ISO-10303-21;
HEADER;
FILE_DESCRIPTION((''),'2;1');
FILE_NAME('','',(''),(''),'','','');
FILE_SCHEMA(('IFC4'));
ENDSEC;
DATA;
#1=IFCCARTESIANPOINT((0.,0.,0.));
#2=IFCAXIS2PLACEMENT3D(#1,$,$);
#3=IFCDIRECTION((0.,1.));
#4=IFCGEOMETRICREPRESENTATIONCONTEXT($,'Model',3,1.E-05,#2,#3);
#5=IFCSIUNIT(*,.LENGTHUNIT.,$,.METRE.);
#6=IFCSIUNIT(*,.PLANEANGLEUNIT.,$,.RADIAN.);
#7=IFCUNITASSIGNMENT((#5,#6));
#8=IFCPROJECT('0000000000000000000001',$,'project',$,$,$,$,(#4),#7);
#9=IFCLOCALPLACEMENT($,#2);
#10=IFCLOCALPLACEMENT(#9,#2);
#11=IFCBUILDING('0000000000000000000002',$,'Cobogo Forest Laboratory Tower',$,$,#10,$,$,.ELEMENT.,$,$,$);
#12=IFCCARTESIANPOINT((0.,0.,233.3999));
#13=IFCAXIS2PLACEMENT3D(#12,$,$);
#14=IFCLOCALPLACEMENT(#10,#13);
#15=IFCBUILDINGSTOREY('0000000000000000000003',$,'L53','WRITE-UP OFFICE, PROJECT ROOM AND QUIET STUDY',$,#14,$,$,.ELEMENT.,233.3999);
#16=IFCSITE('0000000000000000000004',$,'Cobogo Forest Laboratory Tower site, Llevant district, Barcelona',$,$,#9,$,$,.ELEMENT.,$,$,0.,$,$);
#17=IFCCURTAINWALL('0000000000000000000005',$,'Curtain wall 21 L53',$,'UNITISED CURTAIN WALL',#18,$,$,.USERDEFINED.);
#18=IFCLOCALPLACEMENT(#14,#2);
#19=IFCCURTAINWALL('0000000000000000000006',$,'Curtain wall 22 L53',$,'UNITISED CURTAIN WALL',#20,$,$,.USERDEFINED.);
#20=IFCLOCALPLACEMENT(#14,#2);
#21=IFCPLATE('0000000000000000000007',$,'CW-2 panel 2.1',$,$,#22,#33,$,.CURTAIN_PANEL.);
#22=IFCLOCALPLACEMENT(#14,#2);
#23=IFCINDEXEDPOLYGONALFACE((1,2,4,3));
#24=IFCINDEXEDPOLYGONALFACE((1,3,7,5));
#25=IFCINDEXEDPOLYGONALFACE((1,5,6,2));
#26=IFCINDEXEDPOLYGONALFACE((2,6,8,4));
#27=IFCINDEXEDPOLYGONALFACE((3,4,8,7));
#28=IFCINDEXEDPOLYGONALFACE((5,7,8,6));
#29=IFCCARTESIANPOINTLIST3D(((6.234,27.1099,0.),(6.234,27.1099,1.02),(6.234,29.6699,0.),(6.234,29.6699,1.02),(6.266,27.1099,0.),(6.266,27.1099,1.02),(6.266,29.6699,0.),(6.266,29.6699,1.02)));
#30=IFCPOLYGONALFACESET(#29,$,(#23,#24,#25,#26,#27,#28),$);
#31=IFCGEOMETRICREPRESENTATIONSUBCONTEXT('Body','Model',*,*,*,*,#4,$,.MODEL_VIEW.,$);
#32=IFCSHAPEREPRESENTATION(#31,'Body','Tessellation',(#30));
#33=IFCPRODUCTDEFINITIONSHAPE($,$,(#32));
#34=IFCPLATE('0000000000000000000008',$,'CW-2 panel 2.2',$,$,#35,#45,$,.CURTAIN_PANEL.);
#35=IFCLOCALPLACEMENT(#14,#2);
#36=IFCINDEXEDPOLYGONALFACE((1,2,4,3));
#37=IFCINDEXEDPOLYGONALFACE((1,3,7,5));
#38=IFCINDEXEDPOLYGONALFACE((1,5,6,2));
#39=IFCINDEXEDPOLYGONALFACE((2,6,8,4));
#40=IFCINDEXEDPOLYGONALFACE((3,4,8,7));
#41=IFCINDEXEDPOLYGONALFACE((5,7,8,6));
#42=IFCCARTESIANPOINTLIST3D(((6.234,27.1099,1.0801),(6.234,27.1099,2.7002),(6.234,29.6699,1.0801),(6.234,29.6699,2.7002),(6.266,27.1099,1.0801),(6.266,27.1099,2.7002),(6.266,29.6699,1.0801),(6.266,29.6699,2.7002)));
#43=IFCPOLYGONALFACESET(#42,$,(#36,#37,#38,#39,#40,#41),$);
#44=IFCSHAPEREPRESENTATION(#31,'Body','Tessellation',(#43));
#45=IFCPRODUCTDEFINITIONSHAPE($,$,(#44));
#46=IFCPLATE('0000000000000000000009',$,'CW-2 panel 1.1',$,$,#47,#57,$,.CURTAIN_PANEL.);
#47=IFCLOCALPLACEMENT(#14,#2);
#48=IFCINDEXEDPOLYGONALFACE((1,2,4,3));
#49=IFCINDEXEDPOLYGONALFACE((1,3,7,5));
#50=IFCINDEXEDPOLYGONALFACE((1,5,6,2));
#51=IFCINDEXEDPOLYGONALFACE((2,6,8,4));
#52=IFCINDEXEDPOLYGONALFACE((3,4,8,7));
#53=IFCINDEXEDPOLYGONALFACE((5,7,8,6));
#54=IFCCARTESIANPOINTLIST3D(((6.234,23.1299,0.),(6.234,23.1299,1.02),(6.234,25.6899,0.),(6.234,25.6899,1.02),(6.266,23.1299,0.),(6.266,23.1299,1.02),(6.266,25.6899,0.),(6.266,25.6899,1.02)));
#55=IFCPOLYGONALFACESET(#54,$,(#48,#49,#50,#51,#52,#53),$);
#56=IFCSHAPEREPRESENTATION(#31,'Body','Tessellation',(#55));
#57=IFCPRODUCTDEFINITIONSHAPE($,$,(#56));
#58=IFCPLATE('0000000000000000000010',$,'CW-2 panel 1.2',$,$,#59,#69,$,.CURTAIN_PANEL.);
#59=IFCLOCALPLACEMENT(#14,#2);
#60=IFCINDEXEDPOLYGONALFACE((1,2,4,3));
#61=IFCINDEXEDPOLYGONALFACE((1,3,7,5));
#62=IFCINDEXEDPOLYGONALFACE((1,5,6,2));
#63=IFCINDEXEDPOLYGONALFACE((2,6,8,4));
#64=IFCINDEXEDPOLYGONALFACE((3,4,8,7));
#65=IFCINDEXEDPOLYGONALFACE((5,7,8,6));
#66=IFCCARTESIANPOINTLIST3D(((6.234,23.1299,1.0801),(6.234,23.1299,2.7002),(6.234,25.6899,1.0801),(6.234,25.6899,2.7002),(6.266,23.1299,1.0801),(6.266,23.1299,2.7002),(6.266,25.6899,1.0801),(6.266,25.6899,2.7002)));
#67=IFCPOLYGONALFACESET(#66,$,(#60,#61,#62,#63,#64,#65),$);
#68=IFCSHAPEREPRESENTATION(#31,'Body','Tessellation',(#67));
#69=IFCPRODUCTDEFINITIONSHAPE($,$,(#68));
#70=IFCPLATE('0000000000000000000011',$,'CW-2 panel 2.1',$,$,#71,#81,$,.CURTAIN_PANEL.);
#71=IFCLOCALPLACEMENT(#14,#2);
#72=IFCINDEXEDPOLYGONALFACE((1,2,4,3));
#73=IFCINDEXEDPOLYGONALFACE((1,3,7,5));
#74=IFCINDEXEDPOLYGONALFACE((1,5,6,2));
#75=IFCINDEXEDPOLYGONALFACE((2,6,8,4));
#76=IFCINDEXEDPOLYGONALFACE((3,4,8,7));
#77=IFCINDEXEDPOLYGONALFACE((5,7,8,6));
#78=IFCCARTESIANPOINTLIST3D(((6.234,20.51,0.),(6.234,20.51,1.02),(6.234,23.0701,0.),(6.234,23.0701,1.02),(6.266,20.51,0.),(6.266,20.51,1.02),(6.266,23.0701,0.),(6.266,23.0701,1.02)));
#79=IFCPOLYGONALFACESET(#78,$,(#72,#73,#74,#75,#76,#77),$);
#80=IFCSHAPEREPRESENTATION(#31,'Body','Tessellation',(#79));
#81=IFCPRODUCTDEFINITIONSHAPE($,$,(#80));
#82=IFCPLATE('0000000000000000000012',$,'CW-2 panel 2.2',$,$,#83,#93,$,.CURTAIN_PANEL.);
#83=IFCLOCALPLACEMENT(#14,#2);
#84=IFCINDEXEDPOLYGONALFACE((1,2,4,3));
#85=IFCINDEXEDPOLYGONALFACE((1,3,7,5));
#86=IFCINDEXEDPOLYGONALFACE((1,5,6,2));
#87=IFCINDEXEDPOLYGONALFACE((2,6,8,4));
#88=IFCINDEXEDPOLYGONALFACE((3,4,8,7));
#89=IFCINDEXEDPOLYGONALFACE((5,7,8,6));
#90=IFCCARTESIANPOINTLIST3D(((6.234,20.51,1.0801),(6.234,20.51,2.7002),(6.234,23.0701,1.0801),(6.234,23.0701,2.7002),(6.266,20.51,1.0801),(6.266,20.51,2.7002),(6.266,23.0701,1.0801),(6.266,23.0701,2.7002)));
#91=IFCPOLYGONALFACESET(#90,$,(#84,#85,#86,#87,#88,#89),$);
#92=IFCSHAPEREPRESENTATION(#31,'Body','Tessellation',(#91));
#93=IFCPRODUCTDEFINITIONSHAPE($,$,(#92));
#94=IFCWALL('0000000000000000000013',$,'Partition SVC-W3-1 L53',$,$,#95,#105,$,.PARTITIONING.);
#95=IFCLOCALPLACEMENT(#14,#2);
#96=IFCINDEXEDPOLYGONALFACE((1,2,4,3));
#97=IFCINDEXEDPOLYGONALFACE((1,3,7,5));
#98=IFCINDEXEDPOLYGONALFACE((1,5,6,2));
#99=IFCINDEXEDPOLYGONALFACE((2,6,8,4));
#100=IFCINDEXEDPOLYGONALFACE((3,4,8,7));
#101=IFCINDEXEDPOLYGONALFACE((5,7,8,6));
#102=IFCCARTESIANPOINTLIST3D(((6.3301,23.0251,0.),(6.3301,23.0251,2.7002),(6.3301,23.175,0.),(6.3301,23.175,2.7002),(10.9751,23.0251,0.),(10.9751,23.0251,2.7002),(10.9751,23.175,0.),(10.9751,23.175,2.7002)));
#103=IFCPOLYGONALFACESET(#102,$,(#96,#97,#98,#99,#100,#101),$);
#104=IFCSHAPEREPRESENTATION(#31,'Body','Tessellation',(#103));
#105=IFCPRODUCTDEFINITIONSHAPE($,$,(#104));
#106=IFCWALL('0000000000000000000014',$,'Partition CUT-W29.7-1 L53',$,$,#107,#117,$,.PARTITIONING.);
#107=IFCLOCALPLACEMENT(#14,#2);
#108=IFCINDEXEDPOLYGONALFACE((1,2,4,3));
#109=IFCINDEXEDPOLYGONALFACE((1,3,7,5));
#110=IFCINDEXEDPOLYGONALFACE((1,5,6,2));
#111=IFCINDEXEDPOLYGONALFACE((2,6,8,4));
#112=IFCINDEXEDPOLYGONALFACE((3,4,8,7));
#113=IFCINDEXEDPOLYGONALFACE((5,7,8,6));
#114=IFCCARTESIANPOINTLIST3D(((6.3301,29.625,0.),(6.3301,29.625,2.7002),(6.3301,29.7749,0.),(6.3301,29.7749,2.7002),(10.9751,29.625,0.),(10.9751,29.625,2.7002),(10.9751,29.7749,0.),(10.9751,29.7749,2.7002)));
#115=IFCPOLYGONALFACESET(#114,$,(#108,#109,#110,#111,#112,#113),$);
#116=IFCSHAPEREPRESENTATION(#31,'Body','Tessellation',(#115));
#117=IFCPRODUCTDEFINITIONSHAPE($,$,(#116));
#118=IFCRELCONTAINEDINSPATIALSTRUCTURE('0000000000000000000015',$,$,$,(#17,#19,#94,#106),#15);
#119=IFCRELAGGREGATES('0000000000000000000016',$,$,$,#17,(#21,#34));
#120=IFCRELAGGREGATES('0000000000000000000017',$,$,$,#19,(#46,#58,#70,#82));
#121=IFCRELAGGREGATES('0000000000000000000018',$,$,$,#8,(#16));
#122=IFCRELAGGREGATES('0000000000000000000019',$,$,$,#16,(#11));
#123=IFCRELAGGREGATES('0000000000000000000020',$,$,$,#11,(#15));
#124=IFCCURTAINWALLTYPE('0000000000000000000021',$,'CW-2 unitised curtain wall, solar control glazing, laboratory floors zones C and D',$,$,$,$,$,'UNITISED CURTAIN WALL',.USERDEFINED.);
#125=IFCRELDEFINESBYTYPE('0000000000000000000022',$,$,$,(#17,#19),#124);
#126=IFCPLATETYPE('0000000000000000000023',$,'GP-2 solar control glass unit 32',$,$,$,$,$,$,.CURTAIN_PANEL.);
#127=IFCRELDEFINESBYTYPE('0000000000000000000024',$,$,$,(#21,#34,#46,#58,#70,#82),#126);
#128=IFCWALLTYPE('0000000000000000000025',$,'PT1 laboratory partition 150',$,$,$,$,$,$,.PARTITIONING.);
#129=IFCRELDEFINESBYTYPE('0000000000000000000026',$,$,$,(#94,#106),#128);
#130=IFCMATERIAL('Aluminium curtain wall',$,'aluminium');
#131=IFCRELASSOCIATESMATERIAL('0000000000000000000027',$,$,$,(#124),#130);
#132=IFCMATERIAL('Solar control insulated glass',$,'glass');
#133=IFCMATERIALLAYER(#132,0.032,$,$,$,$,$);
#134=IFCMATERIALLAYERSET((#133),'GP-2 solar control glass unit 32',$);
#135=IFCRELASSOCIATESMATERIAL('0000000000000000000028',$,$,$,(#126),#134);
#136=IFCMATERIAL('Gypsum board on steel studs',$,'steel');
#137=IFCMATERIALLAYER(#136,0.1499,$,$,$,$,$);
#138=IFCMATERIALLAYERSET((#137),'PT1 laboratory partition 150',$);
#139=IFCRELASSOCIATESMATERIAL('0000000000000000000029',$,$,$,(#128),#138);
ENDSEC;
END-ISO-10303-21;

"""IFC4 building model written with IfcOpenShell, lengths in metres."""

from ifc_helpers import new_model, si_unit, direction, frame, frame_2d, origin, origin_2d, place, context, subcontext, project, spatial, rectangle, extrude, material, layer, layer_set, type_object, element, aggregate, save


model = new_model("IFC4")

# Units and contexts
model_context = context("Model", 3, precision=1e-05, world=origin(), true_north=direction((0.0, 1.0)))
body_context = subcontext(model_context, "Body", "Model", "MODEL_VIEW")
ifc_project = project(units=[si_unit("LENGTHUNIT", "METRE"), si_unit("PLANEANGLEUNIT", "RADIAN")], contexts=[model_context])

# Site, building, storey
site_placement = place(None, origin())
site = spatial("IfcSite", under=ifc_project, at=site_placement, Name="Cobogo Forest Laboratory Tower site, Llevant district, Barcelona", CompositionType="ELEMENT", RefElevation=0.0)
building_placement = place(site_placement, origin())
building = spatial("IfcBuilding", under=site, at=building_placement, Name="Cobogo Forest Laboratory Tower", CompositionType="ELEMENT")
storey_placement = place(building_placement, frame((0.0, 0.0, 233.3999)))
storey = spatial("IfcBuildingStorey", under=building, at=storey_placement, Name="L53", Description="WRITE-UP OFFICE, PROJECT ROOM AND QUIET STUDY", CompositionType="ELEMENT", Elevation=233.3999)

# Curtain walls
ifc_material_1 = material(Name="Aluminium curtain wall", Category="aluminium")
curtain_wall_type = type_object("IfcCurtainWallType", Name="CW-2 unitised curtain wall, solar control glazing, laboratory floors zones C and D", ElementType="UNITISED CURTAIN WALL", PredefinedType="USERDEFINED", material=ifc_material_1)
curtain_wall_1_placement = place(storey_placement, origin())
curtain_wall_1 = element("IfcCurtainWall", 1, at=curtain_wall_1_placement, inside=storey, type_object=curtain_wall_type, Name="Curtain wall 21 L53", ObjectType="UNITISED CURTAIN WALL", PredefinedType="USERDEFINED")
curtain_wall_2_placement = place(storey_placement, origin())
curtain_wall_2 = element("IfcCurtainWall", 2, at=curtain_wall_2_placement, inside=storey, type_object=curtain_wall_type, Name="Curtain wall 22 L53", ObjectType="UNITISED CURTAIN WALL", PredefinedType="USERDEFINED")

# Plates
ifc_material_2 = material(Name="Solar control insulated glass", Category="glass")
ifc_layer_1 = layer(ifc_material_2, 0.032)
ifc_layer_set_1 = layer_set([ifc_layer_1], Name="GP-2 solar control glass unit 32")
plate_type_1 = type_object("IfcPlateType", Name="GP-2 solar control glass unit 32", PredefinedType="CURTAIN_PANEL", material=ifc_layer_set_1)
plate_1_placement = place(storey_placement, frame((6.25, 28.3899, 0.0), z_axis=(0.0, 0.0, 1.0), x_axis=(0.0, -1.0, 0.0)))
plate_1 = element("IfcPlate", 3, at=plate_1_placement, type_object=plate_type_1, Name="CW-2 panel 2.1", PredefinedType="CURTAIN_PANEL", context=body_context, shape_type="SweptSolid", body=[
    extrude(rectangle(XDim=2.5601, YDim=0.032, at=origin_2d()), origin(), (0.0, 0.0, 1.0), 1.02),
])
plate_2_placement = place(storey_placement, frame((6.25, 28.3899, 1.0801), z_axis=(0.0, 0.0, 1.0), x_axis=(0.0, -1.0, 0.0)))
plate_2 = element("IfcPlate", 4, at=plate_2_placement, type_object=plate_type_1, Name="CW-2 panel 2.2", PredefinedType="CURTAIN_PANEL", context=body_context, shape_type="SweptSolid", body=[
    extrude(rectangle(XDim=2.5601, YDim=0.032, at=origin_2d()), origin(), (0.0, 0.0, 1.0), 1.6201),
])
aggregate(curtain_wall_1, [plate_1, plate_2])
plate_3_placement = place(storey_placement, frame((6.25, 24.4099, 0.0), z_axis=(0.0, 0.0, 1.0), x_axis=(0.0, -1.0, 0.0)))
plate_3 = element("IfcPlate", 5, at=plate_3_placement, type_object=plate_type_1, Name="CW-2 panel 1.1", PredefinedType="CURTAIN_PANEL", context=body_context, shape_type="SweptSolid", body=[
    extrude(rectangle(XDim=2.5601, YDim=0.032, at=origin_2d()), origin(), (0.0, 0.0, 1.0), 1.02),
])
plate_4_placement = place(storey_placement, frame((6.25, 24.4099, 1.0801), z_axis=(0.0, 0.0, 1.0), x_axis=(0.0, -1.0, 0.0)))
plate_4 = element("IfcPlate", 6, at=plate_4_placement, type_object=plate_type_1, Name="CW-2 panel 1.2", PredefinedType="CURTAIN_PANEL", context=body_context, shape_type="SweptSolid", body=[
    extrude(rectangle(XDim=2.5601, YDim=0.032, at=origin_2d()), origin(), (0.0, 0.0, 1.0), 1.6201),
])
plate_5_placement = place(storey_placement, frame((6.25, 21.79, 0.0), z_axis=(0.0, 0.0, 1.0), x_axis=(0.0, -1.0, 0.0)))
plate_5 = element("IfcPlate", 7, at=plate_5_placement, type_object=plate_type_1, Name="CW-2 panel 2.1", PredefinedType="CURTAIN_PANEL", context=body_context, shape_type="SweptSolid", body=[
    extrude(rectangle(XDim=2.5601, YDim=0.032, at=origin_2d()), origin(), (0.0, 0.0, 1.0), 1.02),
])
plate_6_placement = place(storey_placement, frame((6.25, 21.79, 1.0801), z_axis=(0.0, 0.0, 1.0), x_axis=(0.0, -1.0, 0.0)))
plate_6 = element("IfcPlate", 8, at=plate_6_placement, type_object=plate_type_1, Name="CW-2 panel 2.2", PredefinedType="CURTAIN_PANEL", context=body_context, shape_type="SweptSolid", body=[
    extrude(rectangle(XDim=2.5601, YDim=0.032, at=origin_2d()), origin(), (0.0, 0.0, 1.0), 1.6201),
])
aggregate(curtain_wall_2, [plate_3, plate_4, plate_5, plate_6])

# Walls
ifc_material_3 = material(Name="Gypsum board on steel studs", Category="steel")
ifc_layer_2 = layer(ifc_material_3, 0.1499)
ifc_layer_set_2 = layer_set([ifc_layer_2], Name="PT1 laboratory partition 150")
wall_type = type_object("IfcWallType", Name="PT1 laboratory partition 150", PredefinedType="PARTITIONING", material=ifc_layer_set_2)
for number, where, z_axis, x_axis, name in (
    (9, (6.3301, 23.1001, 0.0), (0.0, 0.0, 1.0), (1.0, 0.0, 0.0), "Partition SVC-W3-1 L53"),
    (10, (6.3301, 29.7, 0.0), (0.0, 0.0, 1.0), (1.0, 0.0, 0.0), "Partition CUT-W29.7-1 L53"),
):
    element("IfcWall", number, at=place(storey_placement, frame(where, z_axis=z_axis, x_axis=x_axis)), inside=storey, type_object=wall_type, Name=name, PredefinedType="PARTITIONING", context=body_context, shape_type="SweptSolid", body=[
        extrude(rectangle(XDim=4.645, YDim=0.1499, at=frame_2d((2.3225, 0.0))), origin(), (0.0, 0.0, 1.0), 2.7002),
    ])

save(model, "model.ifc")
